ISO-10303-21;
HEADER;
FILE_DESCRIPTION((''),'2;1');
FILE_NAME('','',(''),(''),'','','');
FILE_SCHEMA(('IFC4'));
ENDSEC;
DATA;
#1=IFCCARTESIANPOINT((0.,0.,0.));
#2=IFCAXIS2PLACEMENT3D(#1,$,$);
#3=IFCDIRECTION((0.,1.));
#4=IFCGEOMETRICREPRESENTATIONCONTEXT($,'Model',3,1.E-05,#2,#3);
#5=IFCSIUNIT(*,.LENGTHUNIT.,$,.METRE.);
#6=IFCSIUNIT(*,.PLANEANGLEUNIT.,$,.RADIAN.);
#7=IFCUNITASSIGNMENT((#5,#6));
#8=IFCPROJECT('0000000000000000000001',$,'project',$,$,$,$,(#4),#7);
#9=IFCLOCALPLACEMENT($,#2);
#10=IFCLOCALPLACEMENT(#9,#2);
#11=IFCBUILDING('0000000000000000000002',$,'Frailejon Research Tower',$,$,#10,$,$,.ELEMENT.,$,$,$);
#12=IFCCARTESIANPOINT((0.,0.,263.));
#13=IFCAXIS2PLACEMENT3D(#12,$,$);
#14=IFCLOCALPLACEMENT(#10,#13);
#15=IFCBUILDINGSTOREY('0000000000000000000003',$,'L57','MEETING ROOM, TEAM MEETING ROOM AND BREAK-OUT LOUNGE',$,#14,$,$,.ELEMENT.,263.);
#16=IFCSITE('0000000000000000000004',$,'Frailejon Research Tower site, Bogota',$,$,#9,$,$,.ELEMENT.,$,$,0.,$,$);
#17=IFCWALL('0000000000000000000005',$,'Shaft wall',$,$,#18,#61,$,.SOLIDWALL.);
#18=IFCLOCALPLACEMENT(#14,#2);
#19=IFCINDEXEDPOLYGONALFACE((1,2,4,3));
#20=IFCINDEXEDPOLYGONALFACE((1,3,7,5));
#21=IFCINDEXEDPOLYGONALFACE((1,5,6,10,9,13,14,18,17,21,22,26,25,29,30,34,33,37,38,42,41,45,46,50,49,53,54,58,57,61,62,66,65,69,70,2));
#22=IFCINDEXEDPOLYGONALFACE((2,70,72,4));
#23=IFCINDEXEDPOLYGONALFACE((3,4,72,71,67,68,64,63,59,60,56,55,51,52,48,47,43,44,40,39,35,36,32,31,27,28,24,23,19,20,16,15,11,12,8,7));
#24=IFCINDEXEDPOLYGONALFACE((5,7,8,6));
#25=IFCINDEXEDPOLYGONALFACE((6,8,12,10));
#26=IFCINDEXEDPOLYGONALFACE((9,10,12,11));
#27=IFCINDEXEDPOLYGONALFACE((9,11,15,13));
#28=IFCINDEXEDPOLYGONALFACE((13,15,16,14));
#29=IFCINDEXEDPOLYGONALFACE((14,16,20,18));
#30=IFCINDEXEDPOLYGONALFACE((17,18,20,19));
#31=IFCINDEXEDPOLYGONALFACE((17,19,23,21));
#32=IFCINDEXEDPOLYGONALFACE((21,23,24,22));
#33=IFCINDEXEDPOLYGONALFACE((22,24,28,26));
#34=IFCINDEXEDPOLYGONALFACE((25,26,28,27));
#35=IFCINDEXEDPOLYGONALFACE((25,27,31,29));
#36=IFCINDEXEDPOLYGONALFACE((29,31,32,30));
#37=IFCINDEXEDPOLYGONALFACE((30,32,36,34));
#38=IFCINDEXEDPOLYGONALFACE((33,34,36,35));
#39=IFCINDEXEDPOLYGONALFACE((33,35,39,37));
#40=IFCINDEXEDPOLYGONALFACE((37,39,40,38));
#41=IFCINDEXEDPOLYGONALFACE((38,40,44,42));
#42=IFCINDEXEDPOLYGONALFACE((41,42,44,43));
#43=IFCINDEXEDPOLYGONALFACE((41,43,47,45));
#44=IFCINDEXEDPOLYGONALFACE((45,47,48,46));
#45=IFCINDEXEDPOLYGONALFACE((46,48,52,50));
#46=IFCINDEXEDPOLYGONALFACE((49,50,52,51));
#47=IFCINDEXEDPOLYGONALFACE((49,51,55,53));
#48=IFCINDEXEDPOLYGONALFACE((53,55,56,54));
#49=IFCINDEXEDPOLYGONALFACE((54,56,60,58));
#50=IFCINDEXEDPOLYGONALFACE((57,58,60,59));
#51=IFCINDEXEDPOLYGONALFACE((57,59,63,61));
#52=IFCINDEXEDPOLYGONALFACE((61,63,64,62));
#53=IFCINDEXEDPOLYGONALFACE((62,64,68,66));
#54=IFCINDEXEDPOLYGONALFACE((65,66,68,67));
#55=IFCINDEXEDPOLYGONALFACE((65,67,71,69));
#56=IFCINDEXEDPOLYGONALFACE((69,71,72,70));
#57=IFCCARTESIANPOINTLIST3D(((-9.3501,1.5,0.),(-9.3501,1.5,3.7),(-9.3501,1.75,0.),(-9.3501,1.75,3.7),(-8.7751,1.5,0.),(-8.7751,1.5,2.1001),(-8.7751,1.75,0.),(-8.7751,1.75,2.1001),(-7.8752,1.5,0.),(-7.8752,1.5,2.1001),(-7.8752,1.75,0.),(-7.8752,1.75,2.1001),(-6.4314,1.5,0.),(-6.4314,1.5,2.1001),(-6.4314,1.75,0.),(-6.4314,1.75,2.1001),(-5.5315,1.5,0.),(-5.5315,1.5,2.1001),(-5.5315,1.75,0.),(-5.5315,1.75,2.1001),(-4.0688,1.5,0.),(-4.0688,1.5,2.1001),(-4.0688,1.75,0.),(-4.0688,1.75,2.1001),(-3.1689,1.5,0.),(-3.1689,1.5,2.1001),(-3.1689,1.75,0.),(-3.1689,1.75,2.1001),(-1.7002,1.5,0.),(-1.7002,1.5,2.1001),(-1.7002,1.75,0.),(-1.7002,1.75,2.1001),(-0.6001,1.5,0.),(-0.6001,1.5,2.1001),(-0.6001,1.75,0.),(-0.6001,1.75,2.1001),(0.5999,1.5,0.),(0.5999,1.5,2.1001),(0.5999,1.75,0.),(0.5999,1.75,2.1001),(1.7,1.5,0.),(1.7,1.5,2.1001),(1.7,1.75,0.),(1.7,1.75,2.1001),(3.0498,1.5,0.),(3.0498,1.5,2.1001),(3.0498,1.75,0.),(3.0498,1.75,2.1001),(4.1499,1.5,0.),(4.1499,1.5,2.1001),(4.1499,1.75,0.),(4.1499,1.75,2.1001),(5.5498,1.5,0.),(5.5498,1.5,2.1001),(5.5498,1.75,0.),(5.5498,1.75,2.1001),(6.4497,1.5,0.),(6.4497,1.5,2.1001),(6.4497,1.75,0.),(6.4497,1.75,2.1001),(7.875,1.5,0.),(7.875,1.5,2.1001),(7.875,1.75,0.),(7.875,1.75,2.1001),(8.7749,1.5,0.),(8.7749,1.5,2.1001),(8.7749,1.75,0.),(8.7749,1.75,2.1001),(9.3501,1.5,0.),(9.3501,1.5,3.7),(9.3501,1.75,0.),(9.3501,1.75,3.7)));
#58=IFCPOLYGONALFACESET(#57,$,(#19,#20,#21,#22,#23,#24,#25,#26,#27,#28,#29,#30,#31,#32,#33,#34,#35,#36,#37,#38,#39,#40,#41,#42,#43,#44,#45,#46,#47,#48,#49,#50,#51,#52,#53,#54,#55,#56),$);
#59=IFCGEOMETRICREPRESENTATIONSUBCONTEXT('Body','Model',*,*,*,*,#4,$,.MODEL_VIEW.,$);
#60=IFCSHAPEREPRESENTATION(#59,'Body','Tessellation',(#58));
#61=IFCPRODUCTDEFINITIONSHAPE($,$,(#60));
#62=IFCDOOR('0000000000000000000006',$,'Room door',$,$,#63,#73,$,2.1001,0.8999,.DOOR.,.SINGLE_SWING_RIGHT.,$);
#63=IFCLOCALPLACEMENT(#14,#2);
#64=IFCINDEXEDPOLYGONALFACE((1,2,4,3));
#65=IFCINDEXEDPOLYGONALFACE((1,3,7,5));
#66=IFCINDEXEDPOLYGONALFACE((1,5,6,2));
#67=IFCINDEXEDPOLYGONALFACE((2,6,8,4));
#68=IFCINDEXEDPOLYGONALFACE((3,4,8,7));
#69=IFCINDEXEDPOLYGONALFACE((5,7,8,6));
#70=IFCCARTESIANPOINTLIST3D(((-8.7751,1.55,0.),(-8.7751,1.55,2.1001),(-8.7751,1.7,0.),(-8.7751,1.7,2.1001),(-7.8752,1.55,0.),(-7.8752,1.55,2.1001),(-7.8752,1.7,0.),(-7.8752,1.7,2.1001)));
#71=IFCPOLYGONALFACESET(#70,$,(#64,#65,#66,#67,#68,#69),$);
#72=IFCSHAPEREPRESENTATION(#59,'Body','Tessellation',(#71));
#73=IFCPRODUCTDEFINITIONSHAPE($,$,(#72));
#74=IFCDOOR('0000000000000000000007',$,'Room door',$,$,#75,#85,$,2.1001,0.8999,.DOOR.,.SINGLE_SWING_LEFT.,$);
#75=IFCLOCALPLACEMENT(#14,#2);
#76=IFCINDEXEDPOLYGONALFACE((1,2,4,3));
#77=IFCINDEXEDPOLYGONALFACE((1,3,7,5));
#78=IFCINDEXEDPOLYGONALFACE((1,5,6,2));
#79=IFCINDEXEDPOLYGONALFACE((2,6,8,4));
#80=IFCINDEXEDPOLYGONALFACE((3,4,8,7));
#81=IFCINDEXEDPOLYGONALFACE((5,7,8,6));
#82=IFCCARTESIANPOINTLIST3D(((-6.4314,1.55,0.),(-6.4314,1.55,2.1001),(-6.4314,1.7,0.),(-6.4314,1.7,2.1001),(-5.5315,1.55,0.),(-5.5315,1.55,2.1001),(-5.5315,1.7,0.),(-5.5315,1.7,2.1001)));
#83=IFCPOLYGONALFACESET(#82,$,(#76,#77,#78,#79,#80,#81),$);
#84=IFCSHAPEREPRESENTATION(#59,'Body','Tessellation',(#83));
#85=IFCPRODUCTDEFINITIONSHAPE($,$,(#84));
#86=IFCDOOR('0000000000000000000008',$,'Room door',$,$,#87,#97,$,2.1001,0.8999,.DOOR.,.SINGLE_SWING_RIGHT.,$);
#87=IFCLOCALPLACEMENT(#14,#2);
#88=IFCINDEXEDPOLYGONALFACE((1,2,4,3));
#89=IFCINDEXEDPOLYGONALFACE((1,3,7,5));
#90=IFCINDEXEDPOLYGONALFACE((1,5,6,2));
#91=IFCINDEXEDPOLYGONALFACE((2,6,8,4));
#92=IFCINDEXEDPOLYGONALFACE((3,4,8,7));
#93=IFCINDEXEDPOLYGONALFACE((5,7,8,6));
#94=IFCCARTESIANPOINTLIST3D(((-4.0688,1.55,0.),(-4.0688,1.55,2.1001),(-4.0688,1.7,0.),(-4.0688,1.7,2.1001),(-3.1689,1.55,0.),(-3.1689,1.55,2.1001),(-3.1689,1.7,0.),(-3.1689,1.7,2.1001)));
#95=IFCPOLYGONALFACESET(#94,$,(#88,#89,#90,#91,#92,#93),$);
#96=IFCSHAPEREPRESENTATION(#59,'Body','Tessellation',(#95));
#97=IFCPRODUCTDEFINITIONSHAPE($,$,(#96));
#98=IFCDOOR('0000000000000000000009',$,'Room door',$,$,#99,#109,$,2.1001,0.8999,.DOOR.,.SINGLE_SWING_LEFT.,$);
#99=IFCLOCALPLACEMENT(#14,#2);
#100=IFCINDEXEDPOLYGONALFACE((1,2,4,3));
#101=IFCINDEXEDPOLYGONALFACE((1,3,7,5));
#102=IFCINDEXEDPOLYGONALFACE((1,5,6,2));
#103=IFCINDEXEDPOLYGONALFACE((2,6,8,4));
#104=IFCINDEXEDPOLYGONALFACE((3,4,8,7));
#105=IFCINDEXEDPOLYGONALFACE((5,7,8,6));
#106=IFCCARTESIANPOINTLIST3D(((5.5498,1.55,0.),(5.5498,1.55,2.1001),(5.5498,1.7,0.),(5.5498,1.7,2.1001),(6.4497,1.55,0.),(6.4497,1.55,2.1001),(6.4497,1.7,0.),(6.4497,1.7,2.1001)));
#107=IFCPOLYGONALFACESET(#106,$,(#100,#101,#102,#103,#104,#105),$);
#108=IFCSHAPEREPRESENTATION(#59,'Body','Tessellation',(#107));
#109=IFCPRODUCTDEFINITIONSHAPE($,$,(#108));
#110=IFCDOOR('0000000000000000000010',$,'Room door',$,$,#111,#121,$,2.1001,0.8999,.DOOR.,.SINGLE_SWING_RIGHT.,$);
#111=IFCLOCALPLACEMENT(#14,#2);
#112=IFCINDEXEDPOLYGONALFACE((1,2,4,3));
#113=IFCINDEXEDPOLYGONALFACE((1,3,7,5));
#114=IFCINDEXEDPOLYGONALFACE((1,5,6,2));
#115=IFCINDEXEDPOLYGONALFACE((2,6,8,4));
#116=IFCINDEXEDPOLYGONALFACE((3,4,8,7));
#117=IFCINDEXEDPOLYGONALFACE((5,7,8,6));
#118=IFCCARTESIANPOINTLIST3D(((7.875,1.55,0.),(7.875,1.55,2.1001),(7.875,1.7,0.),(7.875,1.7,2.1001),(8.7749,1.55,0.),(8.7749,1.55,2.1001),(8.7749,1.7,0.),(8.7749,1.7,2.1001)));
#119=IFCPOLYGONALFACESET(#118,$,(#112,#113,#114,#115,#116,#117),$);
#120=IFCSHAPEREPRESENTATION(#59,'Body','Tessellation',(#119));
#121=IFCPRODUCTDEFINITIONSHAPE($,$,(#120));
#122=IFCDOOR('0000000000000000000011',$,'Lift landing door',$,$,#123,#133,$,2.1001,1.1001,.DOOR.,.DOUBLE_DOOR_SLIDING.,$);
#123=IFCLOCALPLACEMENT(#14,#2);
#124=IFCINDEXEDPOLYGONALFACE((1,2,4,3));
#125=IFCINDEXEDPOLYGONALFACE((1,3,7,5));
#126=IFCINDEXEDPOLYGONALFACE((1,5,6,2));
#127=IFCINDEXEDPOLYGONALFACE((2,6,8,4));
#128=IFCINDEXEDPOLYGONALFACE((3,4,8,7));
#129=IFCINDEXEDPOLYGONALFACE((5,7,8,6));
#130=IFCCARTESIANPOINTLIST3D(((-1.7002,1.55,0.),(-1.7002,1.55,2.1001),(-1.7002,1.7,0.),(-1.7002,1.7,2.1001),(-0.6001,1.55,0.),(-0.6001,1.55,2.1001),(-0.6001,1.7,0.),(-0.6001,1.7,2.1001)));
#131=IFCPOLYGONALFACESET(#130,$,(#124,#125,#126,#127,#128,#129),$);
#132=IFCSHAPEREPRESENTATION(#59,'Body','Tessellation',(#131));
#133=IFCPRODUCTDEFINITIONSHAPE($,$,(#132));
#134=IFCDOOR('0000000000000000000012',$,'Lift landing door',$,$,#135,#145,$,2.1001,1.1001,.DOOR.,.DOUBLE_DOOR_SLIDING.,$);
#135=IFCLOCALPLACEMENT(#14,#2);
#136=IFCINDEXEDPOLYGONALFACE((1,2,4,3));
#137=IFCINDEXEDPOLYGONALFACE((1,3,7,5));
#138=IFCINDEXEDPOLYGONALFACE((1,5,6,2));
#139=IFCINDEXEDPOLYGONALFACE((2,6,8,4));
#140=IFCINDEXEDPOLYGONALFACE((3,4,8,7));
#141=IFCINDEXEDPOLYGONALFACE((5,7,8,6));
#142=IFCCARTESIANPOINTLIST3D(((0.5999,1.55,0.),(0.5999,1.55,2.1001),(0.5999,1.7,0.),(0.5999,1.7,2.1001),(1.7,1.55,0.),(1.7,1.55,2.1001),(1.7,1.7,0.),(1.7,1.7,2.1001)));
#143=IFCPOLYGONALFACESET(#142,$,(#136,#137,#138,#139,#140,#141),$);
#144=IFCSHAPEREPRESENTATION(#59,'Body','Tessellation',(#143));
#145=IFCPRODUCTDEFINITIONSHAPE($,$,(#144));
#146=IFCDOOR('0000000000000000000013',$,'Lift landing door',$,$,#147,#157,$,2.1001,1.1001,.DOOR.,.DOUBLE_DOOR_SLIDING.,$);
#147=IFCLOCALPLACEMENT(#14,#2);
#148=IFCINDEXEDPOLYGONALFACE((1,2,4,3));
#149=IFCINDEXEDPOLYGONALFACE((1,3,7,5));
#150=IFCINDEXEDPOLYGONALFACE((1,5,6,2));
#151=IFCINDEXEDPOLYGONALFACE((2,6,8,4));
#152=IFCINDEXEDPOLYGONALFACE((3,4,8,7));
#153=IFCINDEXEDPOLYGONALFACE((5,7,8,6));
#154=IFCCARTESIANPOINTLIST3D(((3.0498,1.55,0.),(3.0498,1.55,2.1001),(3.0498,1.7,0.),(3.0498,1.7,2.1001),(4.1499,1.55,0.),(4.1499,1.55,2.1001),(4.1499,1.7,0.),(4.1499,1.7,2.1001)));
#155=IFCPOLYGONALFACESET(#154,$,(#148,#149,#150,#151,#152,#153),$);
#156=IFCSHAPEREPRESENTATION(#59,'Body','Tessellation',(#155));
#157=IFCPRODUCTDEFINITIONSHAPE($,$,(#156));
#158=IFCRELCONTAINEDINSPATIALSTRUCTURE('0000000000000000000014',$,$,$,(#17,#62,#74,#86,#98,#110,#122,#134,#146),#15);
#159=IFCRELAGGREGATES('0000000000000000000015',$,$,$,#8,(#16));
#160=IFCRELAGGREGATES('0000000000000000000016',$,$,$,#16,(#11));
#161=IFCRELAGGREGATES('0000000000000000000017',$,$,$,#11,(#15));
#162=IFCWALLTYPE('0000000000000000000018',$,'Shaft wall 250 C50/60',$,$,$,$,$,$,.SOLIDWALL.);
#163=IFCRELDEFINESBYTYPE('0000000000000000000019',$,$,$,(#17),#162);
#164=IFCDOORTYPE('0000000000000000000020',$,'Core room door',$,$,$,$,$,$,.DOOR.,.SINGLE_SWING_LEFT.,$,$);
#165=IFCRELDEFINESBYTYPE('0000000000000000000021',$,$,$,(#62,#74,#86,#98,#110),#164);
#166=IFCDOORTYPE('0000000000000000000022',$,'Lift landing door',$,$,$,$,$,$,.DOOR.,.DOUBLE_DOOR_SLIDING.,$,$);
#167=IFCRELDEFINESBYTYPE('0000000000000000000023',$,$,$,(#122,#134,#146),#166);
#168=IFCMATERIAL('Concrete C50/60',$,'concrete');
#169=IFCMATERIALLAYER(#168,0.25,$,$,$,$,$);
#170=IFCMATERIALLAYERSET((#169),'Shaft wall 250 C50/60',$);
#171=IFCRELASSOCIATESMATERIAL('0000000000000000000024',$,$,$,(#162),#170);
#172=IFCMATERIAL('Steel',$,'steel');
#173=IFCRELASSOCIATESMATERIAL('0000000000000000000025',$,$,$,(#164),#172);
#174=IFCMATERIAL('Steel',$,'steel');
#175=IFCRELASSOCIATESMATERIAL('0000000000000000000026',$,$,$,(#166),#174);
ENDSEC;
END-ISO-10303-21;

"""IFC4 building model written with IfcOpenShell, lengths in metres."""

from ifc_helpers import new_model, si_unit, direction, frame, frame_2d, origin, place, context, subcontext, project, spatial, rectangle, extrude, material, layer, layer_set, type_object, element, fill, save


model = new_model("IFC4")

# Units and contexts
model_context = context("Model", 3, precision=1e-05, world=origin(), true_north=direction((0.0, 1.0)))
body_context = subcontext(model_context, "Body", "Model", "MODEL_VIEW")
ifc_project = project(units=[si_unit("LENGTHUNIT", "METRE"), si_unit("PLANEANGLEUNIT", "RADIAN")], contexts=[model_context])

# Site, building, storey
site_placement = place(None, origin())
site = spatial("IfcSite", under=ifc_project, at=site_placement, Name="Frailejon Research Tower site, Bogota", CompositionType="ELEMENT", RefElevation=0.0)
building_placement = place(site_placement, origin())
building = spatial("IfcBuilding", under=site, at=building_placement, Name="Frailejon Research Tower", CompositionType="ELEMENT")
storey_placement = place(building_placement, frame((0.0, 0.0, 263.0)))
storey = spatial("IfcBuildingStorey", under=building, at=storey_placement, Name="L57", Description="MEETING ROOM, TEAM MEETING ROOM AND BREAK-OUT LOUNGE", CompositionType="ELEMENT", Elevation=263.0)

# Wall, openings, doors
ifc_material_1 = material(Name="Concrete C50/60", Category="concrete")
ifc_layer_1 = layer(ifc_material_1, 0.25)
ifc_layer_set_1 = layer_set([ifc_layer_1], Name="Shaft wall 250 C50/60")
wall_type_1 = type_object("IfcWallType", Name="Shaft wall 250 C50/60", PredefinedType="SOLIDWALL", material=ifc_layer_set_1)
wall_1_placement = place(storey_placement, frame((-9.3501, 1.625, 0.0), z_axis=(0.0, 0.0, 1.0), x_axis=(1.0, 0.0, 0.0)))
wall_1 = element("IfcWall", 1, at=wall_1_placement, inside=storey, type_object=wall_type_1, Name="Shaft wall", PredefinedType="SOLIDWALL", context=body_context, shape_type="SweptSolid", body=[
    extrude(rectangle(XDim=18.7002, YDim=0.25, at=frame_2d((9.3501, 0.0))), origin(), (0.0, 0.0, 1.0), 3.7),
])
opening_1_placement = place(wall_1_placement, frame((7.6499, 0.0, 0.0)))
opening_1 = element("IfcOpeningElement", 2, at=opening_1_placement, cuts=wall_1, PredefinedType="OPENING", context=body_context, shape_type="SweptSolid", body=[
    extrude(rectangle(XDim=1.1001, YDim=2.1001, at=frame_2d((0.55, 1.05))), frame((0.0, 0.135, 0.0), z_axis=(0.0, -1.0, 0.0), x_axis=(1.0, 0.0, 0.0)), (0.0, 0.0, 1.0), 0.27),
])
opening_2_placement = place(wall_1_placement, frame((9.95, 0.0, 0.0)))
opening_2 = element("IfcOpeningElement", 3, at=opening_2_placement, cuts=wall_1, PredefinedType="OPENING", context=body_context, shape_type="SweptSolid", body=[
    extrude(rectangle(XDim=1.1001, YDim=2.1001, at=frame_2d((0.55, 1.05))), frame((0.0, 0.135, 0.0), z_axis=(0.0, -1.0, 0.0), x_axis=(1.0, 0.0, 0.0)), (0.0, 0.0, 1.0), 0.27),
])
opening_3_placement = place(wall_1_placement, frame((12.3999, 0.0, 0.0)))
opening_3 = element("IfcOpeningElement", 4, at=opening_3_placement, cuts=wall_1, PredefinedType="OPENING", context=body_context, shape_type="SweptSolid", body=[
    extrude(rectangle(XDim=1.1001, YDim=2.1001, at=frame_2d((0.55, 1.05))), frame((0.0, 0.135, 0.0), z_axis=(0.0, -1.0, 0.0), x_axis=(1.0, 0.0, 0.0)), (0.0, 0.0, 1.0), 0.27),
])
opening_4_placement = place(wall_1_placement, frame((0.575, 0.0, 0.0)))
opening_4 = element("IfcOpeningElement", 5, at=opening_4_placement, cuts=wall_1, PredefinedType="OPENING", context=body_context, shape_type="SweptSolid", body=[
    extrude(rectangle(XDim=0.8999, YDim=2.1001, at=frame_2d((0.45, 1.05))), frame((0.0, 0.135, 0.0), z_axis=(0.0, -1.0, 0.0), x_axis=(1.0, 0.0, 0.0)), (0.0, 0.0, 1.0), 0.27),
])
opening_5_placement = place(wall_1_placement, frame((2.9187, 0.0, 0.0)))
opening_5 = element("IfcOpeningElement", 6, at=opening_5_placement, cuts=wall_1, PredefinedType="OPENING", context=body_context, shape_type="SweptSolid", body=[
    extrude(rectangle(XDim=0.8999, YDim=2.1001, at=frame_2d((0.45, 1.05))), frame((0.0, 0.135, 0.0), z_axis=(0.0, -1.0, 0.0), x_axis=(1.0, 0.0, 0.0)), (0.0, 0.0, 1.0), 0.27),
])
opening_6_placement = place(wall_1_placement, frame((5.2812, 0.0, 0.0)))
opening_6 = element("IfcOpeningElement", 7, at=opening_6_placement, cuts=wall_1, PredefinedType="OPENING", context=body_context, shape_type="SweptSolid", body=[
    extrude(rectangle(XDim=0.8999, YDim=2.1001, at=frame_2d((0.45, 1.05))), frame((0.0, 0.135, 0.0), z_axis=(0.0, -1.0, 0.0), x_axis=(1.0, 0.0, 0.0)), (0.0, 0.0, 1.0), 0.27),
])
opening_7_placement = place(wall_1_placement, frame((14.8999, 0.0, 0.0)))
opening_7 = element("IfcOpeningElement", 8, at=opening_7_placement, cuts=wall_1, PredefinedType="OPENING", context=body_context, shape_type="SweptSolid", body=[
    extrude(rectangle(XDim=0.8999, YDim=2.1001, at=frame_2d((0.45, 1.05))), frame((0.0, 0.135, 0.0), z_axis=(0.0, -1.0, 0.0), x_axis=(1.0, 0.0, 0.0)), (0.0, 0.0, 1.0), 0.27),
])
opening_8_placement = place(wall_1_placement, frame((17.2251, 0.0, 0.0)))
opening_8 = element("IfcOpeningElement", 9, at=opening_8_placement, cuts=wall_1, PredefinedType="OPENING", context=body_context, shape_type="SweptSolid", body=[
    extrude(rectangle(XDim=0.8999, YDim=2.1001, at=frame_2d((0.45, 1.05))), frame((0.0, 0.135, 0.0), z_axis=(0.0, -1.0, 0.0), x_axis=(1.0, 0.0, 0.0)), (0.0, 0.0, 1.0), 0.27),
])
ifc_material_2 = material(Name="Steel", Category="steel")
door_type_1 = type_object("IfcDoorType", Name="Core room door", OperationType="SINGLE_SWING_LEFT", PredefinedType="DOOR", material=ifc_material_2)
door_1_placement = place(opening_4_placement, origin())
door_1 = element("IfcDoor", 10, at=door_1_placement, inside=storey, type_object=door_type_1, Name="Room door", OperationType="SINGLE_SWING_RIGHT", OverallHeight=2.1001, OverallWidth=0.8999, PredefinedType="DOOR", context=body_context, shape_type="SweptSolid", body=[
    extrude(rectangle(XDim=0.8999, YDim=2.1001, at=frame_2d((0.45, 1.05))), frame((0.0, 0.075, 0.0), z_axis=(0.0, -1.0, 0.0), x_axis=(1.0, 0.0, 0.0)), (0.0, 0.0, 1.0), 0.1499),
])
fill(opening_4, door_1)
door_2_placement = place(opening_5_placement, origin())
door_2 = element("IfcDoor", 11, at=door_2_placement, inside=storey, type_object=door_type_1, Name="Room door", OperationType="SINGLE_SWING_LEFT", OverallHeight=2.1001, OverallWidth=0.8999, PredefinedType="DOOR", context=body_context, shape_type="SweptSolid", body=[
    extrude(rectangle(XDim=0.8999, YDim=2.1001, at=frame_2d((0.45, 1.05))), frame((0.0, 0.075, 0.0), z_axis=(0.0, -1.0, 0.0), x_axis=(1.0, 0.0, 0.0)), (0.0, 0.0, 1.0), 0.1499),
])
fill(opening_5, door_2)
door_3_placement = place(opening_6_placement, origin())
door_3 = element("IfcDoor", 12, at=door_3_placement, inside=storey, type_object=door_type_1, Name="Room door", OperationType="SINGLE_SWING_RIGHT", OverallHeight=2.1001, OverallWidth=0.8999, PredefinedType="DOOR", context=body_context, shape_type="SweptSolid", body=[
    extrude(rectangle(XDim=0.8999, YDim=2.1001, at=frame_2d((0.45, 1.05))), frame((0.0, 0.075, 0.0), z_axis=(0.0, -1.0, 0.0), x_axis=(1.0, 0.0, 0.0)), (0.0, 0.0, 1.0), 0.1499),
])
fill(opening_6, door_3)
door_4_placement = place(opening_7_placement, origin())
door_4 = element("IfcDoor", 13, at=door_4_placement, inside=storey, type_object=door_type_1, Name="Room door", OperationType="SINGLE_SWING_LEFT", OverallHeight=2.1001, OverallWidth=0.8999, PredefinedType="DOOR", context=body_context, shape_type="SweptSolid", body=[
    extrude(rectangle(XDim=0.8999, YDim=2.1001, at=frame_2d((0.45, 1.05))), frame((0.0, 0.075, 0.0), z_axis=(0.0, -1.0, 0.0), x_axis=(1.0, 0.0, 0.0)), (0.0, 0.0, 1.0), 0.1499),
])
fill(opening_7, door_4)
door_5_placement = place(opening_8_placement, origin())
door_5 = element("IfcDoor", 14, at=door_5_placement, inside=storey, type_object=door_type_1, Name="Room door", OperationType="SINGLE_SWING_RIGHT", OverallHeight=2.1001, OverallWidth=0.8999, PredefinedType="DOOR", context=body_context, shape_type="SweptSolid", body=[
    extrude(rectangle(XDim=0.8999, YDim=2.1001, at=frame_2d((0.45, 1.05))), frame((0.0, 0.075, 0.0), z_axis=(0.0, -1.0, 0.0), x_axis=(1.0, 0.0, 0.0)), (0.0, 0.0, 1.0), 0.1499),
])
fill(opening_8, door_5)
ifc_material_3 = material(Name="Steel", Category="steel")
door_type_2 = type_object("IfcDoorType", Name="Lift landing door", OperationType="DOUBLE_DOOR_SLIDING", PredefinedType="DOOR", material=ifc_material_3)
door_6_placement = place(opening_1_placement, origin())
door_6 = element("IfcDoor", 15, at=door_6_placement, inside=storey, type_object=door_type_2, Name="Lift landing door", OperationType="DOUBLE_DOOR_SLIDING", OverallHeight=2.1001, OverallWidth=1.1001, PredefinedType="DOOR", context=body_context, shape_type="SweptSolid", body=[
    extrude(rectangle(XDim=1.1001, YDim=2.1001, at=frame_2d((0.55, 1.05))), frame((0.0, 0.075, 0.0), z_axis=(0.0, -1.0, 0.0), x_axis=(1.0, 0.0, 0.0)), (0.0, 0.0, 1.0), 0.1499),
])
fill(opening_1, door_6)
door_7_placement = place(opening_2_placement, origin())
door_7 = element("IfcDoor", 16, at=door_7_placement, inside=storey, type_object=door_type_2, Name="Lift landing door", OperationType="DOUBLE_DOOR_SLIDING", OverallHeight=2.1001, OverallWidth=1.1001, PredefinedType="DOOR", context=body_context, shape_type="SweptSolid", body=[
    extrude(rectangle(XDim=1.1001, YDim=2.1001, at=frame_2d((0.55, 1.05))), frame((0.0, 0.075, 0.0), z_axis=(0.0, -1.0, 0.0), x_axis=(1.0, 0.0, 0.0)), (0.0, 0.0, 1.0), 0.1499),
])
fill(opening_2, door_7)
door_8_placement = place(opening_3_placement, origin())
door_8 = element("IfcDoor", 17, at=door_8_placement, inside=storey, type_object=door_type_2, Name="Lift landing door", OperationType="DOUBLE_DOOR_SLIDING", OverallHeight=2.1001, OverallWidth=1.1001, PredefinedType="DOOR", context=body_context, shape_type="SweptSolid", body=[
    extrude(rectangle(XDim=1.1001, YDim=2.1001, at=frame_2d((0.55, 1.05))), frame((0.0, 0.075, 0.0), z_axis=(0.0, -1.0, 0.0), x_axis=(1.0, 0.0, 0.0)), (0.0, 0.0, 1.0), 0.1499),
])
fill(opening_3, door_8)

save(model, "model.ifc")
